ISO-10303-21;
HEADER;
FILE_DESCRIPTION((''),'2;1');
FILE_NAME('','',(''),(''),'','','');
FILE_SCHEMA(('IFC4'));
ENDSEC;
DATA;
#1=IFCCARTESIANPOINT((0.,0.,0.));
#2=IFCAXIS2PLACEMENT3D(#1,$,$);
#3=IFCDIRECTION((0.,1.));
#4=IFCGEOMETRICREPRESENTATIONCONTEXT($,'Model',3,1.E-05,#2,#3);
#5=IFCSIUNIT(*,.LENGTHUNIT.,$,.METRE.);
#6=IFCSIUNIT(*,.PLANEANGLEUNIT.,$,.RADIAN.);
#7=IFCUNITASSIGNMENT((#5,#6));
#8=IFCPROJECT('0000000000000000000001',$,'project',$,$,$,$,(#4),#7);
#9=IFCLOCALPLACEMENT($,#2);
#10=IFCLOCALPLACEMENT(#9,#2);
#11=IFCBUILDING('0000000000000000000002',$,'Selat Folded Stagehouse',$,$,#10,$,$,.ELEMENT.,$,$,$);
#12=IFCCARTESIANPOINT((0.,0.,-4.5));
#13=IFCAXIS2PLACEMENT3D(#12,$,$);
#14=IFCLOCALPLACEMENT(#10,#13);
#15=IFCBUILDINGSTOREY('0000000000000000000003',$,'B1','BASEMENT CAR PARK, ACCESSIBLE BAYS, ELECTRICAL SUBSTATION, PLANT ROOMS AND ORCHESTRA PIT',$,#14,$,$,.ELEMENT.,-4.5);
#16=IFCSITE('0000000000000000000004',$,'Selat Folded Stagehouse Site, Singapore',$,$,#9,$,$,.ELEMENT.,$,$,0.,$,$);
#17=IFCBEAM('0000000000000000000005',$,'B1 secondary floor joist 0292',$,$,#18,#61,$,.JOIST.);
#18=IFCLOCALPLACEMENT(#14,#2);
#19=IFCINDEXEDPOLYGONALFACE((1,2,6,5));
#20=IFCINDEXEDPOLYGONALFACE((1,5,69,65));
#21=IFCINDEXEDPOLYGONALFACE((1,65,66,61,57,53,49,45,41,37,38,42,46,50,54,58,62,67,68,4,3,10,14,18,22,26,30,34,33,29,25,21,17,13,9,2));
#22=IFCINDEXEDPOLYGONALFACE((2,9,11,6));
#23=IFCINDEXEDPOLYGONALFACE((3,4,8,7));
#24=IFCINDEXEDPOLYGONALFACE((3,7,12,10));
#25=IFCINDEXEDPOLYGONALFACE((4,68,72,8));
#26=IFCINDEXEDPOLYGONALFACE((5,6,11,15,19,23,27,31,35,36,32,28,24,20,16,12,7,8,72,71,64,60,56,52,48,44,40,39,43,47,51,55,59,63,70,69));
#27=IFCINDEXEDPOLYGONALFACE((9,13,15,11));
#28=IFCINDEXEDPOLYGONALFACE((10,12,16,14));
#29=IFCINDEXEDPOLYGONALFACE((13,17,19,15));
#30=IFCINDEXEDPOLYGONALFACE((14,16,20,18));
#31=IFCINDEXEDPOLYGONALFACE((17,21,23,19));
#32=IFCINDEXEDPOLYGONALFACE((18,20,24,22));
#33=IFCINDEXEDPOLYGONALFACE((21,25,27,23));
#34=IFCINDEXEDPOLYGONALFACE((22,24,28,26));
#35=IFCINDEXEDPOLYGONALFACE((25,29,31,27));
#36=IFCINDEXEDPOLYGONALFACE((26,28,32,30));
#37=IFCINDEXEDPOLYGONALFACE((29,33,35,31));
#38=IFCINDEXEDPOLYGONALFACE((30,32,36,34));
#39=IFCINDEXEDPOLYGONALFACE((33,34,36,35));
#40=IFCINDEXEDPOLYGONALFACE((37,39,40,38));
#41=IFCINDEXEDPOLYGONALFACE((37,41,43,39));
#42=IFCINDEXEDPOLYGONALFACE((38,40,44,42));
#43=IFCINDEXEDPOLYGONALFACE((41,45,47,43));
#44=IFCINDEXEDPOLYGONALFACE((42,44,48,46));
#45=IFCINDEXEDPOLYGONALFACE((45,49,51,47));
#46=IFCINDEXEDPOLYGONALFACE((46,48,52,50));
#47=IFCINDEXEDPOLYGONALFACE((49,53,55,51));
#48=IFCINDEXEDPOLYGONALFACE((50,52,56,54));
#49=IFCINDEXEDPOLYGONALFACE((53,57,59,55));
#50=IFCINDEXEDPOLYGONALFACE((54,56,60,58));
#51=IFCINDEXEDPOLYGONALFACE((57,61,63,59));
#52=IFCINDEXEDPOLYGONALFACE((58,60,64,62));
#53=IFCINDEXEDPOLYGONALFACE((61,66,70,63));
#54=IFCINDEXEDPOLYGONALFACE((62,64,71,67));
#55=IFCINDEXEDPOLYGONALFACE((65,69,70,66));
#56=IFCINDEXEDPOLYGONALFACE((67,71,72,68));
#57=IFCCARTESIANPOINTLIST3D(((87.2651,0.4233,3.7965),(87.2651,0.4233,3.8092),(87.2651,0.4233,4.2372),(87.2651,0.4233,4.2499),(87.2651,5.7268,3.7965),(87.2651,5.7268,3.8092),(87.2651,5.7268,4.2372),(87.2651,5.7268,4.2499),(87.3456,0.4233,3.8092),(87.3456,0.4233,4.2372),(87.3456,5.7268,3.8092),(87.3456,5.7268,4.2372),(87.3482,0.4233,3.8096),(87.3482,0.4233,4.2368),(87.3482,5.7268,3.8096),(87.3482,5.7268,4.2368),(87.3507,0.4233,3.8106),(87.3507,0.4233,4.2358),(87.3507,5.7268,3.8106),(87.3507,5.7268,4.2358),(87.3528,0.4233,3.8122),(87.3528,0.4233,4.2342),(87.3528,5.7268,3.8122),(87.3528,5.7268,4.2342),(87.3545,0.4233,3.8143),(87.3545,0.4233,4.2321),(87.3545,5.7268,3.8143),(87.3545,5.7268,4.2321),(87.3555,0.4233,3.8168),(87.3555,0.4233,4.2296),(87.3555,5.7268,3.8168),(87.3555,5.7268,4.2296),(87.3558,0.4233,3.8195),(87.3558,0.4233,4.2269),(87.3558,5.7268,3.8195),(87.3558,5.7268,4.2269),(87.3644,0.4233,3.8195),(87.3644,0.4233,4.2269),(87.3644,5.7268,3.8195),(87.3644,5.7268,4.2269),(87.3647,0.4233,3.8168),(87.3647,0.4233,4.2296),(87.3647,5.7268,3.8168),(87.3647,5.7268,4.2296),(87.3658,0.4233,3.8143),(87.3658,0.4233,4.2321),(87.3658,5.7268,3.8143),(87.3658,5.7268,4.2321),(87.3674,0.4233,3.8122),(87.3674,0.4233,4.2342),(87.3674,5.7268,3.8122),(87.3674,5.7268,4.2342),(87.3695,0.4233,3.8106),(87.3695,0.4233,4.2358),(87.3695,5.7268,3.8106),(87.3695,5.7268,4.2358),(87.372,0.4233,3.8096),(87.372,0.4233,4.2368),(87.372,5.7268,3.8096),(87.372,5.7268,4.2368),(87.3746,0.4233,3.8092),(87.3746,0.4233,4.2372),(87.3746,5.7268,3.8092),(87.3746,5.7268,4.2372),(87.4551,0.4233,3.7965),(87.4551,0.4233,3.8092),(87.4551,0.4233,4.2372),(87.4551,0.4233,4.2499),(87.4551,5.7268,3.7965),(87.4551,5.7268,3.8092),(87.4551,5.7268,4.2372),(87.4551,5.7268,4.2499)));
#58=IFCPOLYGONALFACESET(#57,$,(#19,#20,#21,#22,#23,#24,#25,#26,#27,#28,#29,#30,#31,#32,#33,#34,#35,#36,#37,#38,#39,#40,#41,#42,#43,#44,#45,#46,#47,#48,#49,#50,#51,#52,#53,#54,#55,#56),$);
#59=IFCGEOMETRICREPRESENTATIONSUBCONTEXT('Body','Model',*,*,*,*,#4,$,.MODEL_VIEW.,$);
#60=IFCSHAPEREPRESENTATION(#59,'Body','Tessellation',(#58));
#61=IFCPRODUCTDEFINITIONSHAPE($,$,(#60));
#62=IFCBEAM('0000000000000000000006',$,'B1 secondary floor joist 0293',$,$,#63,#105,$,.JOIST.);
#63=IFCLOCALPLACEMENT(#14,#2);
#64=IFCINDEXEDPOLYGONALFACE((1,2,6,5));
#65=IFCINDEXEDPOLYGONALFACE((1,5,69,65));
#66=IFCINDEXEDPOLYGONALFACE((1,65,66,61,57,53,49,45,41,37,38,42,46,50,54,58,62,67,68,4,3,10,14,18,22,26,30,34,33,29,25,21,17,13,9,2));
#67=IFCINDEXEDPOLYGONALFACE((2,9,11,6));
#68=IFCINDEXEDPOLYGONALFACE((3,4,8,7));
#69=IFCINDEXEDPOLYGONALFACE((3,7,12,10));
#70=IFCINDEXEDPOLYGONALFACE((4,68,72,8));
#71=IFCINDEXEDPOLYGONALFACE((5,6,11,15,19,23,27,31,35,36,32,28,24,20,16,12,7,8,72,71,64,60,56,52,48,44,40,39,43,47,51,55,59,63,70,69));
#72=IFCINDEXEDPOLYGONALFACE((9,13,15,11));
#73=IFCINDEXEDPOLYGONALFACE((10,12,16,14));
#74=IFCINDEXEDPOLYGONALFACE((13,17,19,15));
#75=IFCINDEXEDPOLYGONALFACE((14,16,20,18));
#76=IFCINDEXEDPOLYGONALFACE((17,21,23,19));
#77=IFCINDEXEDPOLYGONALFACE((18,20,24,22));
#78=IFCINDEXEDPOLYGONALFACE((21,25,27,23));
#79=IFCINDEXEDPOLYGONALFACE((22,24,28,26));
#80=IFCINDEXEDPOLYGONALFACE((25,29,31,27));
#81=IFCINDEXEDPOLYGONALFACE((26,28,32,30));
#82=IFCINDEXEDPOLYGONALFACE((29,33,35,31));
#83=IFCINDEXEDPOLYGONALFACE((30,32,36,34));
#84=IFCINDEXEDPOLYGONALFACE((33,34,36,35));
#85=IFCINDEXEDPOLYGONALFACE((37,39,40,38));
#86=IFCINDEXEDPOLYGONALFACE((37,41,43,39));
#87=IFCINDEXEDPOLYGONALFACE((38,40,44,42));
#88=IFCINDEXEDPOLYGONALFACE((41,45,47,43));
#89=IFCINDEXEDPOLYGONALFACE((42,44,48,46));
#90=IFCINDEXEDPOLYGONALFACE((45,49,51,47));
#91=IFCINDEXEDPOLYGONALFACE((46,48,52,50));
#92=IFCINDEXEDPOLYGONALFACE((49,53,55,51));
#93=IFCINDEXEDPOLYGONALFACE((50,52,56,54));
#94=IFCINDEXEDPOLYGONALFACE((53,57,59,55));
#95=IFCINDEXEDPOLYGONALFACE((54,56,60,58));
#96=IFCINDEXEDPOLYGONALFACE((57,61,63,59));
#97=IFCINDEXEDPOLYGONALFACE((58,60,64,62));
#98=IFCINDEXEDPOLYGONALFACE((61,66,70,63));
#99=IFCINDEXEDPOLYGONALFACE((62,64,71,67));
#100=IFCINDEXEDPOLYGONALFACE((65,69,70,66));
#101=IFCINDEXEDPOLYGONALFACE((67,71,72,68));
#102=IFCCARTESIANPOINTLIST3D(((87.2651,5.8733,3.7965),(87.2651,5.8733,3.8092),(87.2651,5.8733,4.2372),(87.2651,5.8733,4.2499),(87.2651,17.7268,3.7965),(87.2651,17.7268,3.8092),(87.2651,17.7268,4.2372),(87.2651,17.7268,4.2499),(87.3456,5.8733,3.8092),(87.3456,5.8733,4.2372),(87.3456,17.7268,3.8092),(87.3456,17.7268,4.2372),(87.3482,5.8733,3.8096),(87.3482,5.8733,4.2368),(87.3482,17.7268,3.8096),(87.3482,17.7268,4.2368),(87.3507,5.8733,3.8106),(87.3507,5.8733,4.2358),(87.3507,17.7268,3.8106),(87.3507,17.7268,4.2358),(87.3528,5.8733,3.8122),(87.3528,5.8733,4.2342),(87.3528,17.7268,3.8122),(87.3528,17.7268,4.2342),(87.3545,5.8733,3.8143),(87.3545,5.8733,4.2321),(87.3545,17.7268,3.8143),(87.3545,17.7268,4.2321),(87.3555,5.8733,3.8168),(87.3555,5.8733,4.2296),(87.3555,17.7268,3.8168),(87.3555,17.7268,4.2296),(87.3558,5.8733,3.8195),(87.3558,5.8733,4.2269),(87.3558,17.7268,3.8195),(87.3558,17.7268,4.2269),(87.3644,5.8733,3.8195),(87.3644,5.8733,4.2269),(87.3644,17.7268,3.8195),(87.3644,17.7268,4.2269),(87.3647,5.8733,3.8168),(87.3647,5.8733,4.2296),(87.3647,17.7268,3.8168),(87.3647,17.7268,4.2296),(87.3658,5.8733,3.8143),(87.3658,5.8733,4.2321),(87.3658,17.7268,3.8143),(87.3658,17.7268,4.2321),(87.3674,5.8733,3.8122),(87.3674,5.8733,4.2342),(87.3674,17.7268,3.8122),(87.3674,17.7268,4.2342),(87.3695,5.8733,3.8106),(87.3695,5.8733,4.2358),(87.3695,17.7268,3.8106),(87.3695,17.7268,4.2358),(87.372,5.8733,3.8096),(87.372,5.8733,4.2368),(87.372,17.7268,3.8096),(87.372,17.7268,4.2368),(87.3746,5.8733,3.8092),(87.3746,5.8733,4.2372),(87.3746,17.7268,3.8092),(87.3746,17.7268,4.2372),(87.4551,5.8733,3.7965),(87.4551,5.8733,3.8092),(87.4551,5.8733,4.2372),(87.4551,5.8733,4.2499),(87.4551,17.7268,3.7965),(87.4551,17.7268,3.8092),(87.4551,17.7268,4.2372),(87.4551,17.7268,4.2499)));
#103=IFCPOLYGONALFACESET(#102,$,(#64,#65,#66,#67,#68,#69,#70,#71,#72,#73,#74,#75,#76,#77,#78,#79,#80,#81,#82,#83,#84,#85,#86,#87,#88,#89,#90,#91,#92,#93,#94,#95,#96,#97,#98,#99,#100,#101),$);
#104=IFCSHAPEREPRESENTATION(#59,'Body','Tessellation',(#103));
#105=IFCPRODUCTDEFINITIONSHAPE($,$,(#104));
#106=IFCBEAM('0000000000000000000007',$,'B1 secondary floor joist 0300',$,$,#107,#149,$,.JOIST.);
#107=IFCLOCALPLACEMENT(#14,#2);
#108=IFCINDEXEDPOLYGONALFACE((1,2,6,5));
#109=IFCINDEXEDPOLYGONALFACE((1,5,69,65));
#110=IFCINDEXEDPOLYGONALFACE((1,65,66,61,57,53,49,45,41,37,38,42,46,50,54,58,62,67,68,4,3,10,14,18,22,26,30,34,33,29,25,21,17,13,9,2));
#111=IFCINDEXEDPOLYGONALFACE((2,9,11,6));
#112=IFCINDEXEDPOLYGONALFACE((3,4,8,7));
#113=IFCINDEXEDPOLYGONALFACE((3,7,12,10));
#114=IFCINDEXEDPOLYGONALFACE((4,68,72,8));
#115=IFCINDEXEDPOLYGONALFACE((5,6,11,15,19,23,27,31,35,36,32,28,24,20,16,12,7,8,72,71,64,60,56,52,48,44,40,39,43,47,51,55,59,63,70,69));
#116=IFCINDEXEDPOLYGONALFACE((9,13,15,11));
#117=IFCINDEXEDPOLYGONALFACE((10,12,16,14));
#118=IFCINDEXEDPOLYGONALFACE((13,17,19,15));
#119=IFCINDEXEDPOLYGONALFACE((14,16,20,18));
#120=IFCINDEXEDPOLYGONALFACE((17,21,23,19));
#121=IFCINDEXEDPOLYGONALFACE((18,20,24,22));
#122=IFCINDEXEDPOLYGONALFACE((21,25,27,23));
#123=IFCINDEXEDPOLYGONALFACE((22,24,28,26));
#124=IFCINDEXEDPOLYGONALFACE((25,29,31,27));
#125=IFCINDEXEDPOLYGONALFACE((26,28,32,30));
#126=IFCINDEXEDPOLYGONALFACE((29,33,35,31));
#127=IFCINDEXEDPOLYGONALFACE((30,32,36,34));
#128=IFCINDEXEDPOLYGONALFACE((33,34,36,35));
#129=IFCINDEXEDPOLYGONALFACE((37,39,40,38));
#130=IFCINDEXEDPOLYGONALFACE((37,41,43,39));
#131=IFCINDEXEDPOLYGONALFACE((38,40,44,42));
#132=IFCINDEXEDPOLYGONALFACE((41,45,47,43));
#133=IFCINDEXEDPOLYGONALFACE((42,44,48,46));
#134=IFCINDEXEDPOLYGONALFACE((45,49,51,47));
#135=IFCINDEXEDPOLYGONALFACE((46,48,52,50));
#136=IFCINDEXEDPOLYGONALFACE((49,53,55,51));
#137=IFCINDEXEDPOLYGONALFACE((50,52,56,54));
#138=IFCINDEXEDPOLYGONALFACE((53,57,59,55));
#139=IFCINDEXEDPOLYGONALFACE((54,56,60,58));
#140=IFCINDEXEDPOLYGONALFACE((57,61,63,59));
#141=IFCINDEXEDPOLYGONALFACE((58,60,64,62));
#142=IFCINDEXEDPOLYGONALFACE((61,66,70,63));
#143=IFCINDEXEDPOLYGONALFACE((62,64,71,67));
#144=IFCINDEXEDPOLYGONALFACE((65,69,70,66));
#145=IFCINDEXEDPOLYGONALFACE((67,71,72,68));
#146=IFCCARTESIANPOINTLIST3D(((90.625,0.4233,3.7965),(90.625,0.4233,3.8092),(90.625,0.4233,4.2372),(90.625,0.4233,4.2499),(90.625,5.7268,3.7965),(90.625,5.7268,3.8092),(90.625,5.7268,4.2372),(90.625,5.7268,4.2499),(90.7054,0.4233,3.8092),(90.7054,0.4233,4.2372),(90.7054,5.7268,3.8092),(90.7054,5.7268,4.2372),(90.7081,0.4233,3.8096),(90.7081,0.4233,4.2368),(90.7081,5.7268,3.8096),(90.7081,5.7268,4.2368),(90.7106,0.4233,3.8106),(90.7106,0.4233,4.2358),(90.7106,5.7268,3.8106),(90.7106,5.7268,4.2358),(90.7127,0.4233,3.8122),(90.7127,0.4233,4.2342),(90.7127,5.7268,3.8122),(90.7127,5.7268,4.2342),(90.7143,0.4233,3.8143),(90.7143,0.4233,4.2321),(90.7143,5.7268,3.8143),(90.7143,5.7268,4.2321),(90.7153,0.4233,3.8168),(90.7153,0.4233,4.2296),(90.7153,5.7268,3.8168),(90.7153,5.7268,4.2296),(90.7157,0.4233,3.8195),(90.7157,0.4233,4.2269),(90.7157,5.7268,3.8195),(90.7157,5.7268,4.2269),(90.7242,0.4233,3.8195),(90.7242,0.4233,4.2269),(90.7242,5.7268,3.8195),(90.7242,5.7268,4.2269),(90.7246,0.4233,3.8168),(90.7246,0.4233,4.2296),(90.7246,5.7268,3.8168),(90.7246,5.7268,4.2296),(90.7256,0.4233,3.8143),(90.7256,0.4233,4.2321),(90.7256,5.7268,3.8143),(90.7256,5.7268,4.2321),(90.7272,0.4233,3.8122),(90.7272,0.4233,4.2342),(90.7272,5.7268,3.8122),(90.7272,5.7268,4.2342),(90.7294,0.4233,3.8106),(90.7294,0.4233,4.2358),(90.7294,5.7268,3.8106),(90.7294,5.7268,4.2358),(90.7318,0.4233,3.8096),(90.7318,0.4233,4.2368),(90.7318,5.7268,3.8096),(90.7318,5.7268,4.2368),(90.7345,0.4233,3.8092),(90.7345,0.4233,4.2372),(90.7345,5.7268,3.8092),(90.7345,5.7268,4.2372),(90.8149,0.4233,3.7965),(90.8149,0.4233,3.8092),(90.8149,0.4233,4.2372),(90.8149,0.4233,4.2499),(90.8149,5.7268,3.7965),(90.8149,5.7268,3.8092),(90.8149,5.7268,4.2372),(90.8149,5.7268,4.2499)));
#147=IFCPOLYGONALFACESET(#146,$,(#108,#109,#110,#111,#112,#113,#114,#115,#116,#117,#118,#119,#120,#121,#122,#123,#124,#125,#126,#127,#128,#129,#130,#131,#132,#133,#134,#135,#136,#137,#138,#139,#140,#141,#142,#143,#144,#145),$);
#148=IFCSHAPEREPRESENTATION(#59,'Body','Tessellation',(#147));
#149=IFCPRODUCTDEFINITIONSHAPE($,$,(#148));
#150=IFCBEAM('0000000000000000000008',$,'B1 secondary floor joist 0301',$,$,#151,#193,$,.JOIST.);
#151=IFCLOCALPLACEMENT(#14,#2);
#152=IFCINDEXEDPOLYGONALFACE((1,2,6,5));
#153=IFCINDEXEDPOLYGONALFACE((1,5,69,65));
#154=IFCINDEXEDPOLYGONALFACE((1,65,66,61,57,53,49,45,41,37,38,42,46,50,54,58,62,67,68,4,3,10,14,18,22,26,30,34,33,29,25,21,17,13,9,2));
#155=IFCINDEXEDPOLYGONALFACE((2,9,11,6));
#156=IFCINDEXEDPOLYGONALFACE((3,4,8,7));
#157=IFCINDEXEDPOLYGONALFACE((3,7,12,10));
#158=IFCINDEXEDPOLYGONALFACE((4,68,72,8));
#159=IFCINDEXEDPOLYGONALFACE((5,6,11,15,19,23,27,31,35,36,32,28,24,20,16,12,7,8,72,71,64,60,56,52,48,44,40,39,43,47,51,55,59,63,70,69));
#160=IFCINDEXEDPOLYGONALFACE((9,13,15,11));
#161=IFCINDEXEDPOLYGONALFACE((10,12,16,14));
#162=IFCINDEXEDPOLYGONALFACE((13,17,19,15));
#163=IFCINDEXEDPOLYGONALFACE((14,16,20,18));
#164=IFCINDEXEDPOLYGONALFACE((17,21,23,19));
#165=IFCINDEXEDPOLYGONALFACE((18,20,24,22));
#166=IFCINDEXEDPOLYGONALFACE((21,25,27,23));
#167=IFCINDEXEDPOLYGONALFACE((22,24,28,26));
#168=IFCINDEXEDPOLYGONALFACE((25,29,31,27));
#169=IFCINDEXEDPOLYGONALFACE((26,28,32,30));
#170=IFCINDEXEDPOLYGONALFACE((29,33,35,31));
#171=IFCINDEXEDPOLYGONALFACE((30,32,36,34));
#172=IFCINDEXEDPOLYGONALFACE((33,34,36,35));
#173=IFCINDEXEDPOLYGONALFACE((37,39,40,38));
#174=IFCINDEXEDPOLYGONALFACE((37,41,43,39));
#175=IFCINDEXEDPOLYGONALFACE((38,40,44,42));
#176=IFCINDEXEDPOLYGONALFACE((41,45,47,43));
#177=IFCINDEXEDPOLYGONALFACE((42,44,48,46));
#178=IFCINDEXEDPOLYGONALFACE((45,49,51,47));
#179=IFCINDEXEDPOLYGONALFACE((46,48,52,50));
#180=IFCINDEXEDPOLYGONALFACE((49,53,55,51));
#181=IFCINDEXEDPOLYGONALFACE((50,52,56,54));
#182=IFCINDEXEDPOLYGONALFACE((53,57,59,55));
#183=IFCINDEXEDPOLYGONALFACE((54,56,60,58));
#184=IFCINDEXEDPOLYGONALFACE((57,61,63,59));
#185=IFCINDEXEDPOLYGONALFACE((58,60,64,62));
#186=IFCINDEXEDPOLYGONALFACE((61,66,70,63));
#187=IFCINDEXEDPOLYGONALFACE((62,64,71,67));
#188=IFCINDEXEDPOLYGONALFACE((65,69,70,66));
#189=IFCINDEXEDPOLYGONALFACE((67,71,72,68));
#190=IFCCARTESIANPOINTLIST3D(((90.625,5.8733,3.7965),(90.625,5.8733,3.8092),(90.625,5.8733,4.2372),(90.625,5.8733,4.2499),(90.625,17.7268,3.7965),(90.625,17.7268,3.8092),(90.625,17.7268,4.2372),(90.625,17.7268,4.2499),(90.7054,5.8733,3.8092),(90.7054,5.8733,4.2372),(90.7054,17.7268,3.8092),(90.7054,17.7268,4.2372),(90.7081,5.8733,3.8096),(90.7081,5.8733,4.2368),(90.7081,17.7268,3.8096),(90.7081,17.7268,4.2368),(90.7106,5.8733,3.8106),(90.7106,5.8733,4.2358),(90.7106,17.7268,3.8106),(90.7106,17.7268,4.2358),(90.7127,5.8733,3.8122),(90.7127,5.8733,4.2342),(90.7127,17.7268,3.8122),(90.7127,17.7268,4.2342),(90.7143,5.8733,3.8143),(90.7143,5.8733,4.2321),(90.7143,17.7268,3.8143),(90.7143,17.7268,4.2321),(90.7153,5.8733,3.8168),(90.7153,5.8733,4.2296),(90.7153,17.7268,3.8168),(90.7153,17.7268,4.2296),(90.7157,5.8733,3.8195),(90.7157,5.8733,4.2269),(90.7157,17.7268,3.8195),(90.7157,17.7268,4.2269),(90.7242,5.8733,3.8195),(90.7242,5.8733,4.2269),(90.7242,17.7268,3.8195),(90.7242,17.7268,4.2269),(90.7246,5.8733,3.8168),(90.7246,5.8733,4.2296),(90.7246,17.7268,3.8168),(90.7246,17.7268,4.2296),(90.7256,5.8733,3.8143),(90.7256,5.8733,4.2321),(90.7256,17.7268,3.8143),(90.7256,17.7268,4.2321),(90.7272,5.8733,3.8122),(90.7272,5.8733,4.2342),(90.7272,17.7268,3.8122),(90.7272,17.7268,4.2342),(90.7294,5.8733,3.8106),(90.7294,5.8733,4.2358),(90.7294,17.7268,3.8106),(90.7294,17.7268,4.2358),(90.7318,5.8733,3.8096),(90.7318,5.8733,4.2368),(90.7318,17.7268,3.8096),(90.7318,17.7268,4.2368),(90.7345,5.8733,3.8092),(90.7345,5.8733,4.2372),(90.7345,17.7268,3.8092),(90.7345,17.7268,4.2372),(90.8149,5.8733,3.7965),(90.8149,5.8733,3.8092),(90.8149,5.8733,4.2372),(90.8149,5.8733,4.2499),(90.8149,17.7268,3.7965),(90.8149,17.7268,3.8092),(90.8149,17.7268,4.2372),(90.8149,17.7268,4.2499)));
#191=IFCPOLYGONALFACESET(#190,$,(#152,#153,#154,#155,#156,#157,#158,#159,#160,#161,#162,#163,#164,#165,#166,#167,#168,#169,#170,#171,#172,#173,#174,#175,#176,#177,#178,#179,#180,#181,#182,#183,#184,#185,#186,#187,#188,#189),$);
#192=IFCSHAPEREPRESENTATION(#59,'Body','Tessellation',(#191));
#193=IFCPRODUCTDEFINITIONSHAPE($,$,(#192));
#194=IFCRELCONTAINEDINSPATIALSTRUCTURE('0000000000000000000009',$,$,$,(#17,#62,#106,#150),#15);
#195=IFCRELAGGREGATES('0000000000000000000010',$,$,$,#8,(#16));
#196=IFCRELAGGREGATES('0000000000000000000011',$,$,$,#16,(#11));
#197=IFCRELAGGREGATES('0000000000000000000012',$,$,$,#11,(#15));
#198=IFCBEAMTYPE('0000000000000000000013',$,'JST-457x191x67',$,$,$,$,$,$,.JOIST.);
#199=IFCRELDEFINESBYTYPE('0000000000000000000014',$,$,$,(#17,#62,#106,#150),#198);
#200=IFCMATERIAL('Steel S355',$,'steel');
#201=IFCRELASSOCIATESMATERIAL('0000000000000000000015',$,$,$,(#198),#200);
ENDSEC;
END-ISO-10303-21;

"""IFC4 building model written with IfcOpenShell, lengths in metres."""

from ifc_helpers import new_model, si_unit, direction, frame, origin, origin_2d, place, context, subcontext, project, spatial, i_section, extrude, material, material_profile, profile_set, type_object, element, save


model = new_model("IFC4")

# Units and contexts
model_context = context("Model", 3, precision=1e-05, world=origin(), true_north=direction((0.0, 1.0)))
body_context = subcontext(model_context, "Body", "Model", "MODEL_VIEW")
ifc_project = project(units=[si_unit("LENGTHUNIT", "METRE"), si_unit("PLANEANGLEUNIT", "RADIAN")], contexts=[model_context])

# Site, building, storey
site_placement = place(None, origin())
site = spatial("IfcSite", under=ifc_project, at=site_placement, Name="Selat Folded Stagehouse Site, Singapore", CompositionType="ELEMENT", RefElevation=0.0)
building_placement = place(site_placement, origin())
building = spatial("IfcBuilding", under=site, at=building_placement, Name="Selat Folded Stagehouse", CompositionType="ELEMENT")
storey_placement = place(building_placement, frame((0.0, 0.0, -4.5)))
storey = spatial("IfcBuildingStorey", under=building, at=storey_placement, Name="B1", Description="BASEMENT CAR PARK, ACCESSIBLE BAYS, ELECTRICAL SUBSTATION, PLANT ROOMS AND ORCHESTRA PIT", CompositionType="ELEMENT", Elevation=-4.5)

# Shared definitions
ifc_material_1 = material(Name="Steel S355", Category="steel")

# Beams
ifc_material_profile_1 = material_profile(ifc_material_1, i_section(OverallWidth=0.1899, OverallDepth=0.4534, WebThickness=0.0085, FlangeThickness=0.0127, FilletRadius=0.0103, at=origin_2d()), Name="UKB 457x191x67")
ifc_profile_set_1 = profile_set([ifc_material_profile_1], Name="Steel S355")
beam_type_1 = type_object("IfcBeamType", Name="JST-457x191x67", PredefinedType="JOIST", material=ifc_profile_set_1)
beam_1_placement = place(storey_placement, frame((87.3601, 0.4233, 4.0232), z_axis=(0.0, 1.0, 0.0), x_axis=(-1.0, 0.0, 0.0)))
element("IfcBeam", 1, at=beam_1_placement, inside=storey, type_object=beam_type_1, Name="B1 secondary floor joist 0292", PredefinedType="JOIST", context=body_context, shape_type="SweptSolid", body=[
    extrude(i_section(OverallWidth=0.1899, OverallDepth=0.4534, WebThickness=0.0085, FlangeThickness=0.0127, FilletRadius=0.0103, at=origin_2d()), origin(), (0.0, 0.0, 1.0), 5.3035),
])
beam_2_placement = place(storey_placement, frame((87.3601, 5.8733, 4.0232), z_axis=(0.0, 1.0, 0.0), x_axis=(-1.0, 0.0, 0.0)))
element("IfcBeam", 2, at=beam_2_placement, inside=storey, type_object=beam_type_1, Name="B1 secondary floor joist 0293", PredefinedType="JOIST", context=body_context, shape_type="SweptSolid", body=[
    extrude(i_section(OverallWidth=0.1899, OverallDepth=0.4534, WebThickness=0.0085, FlangeThickness=0.0127, FilletRadius=0.0103, at=origin_2d()), origin(), (0.0, 0.0, 1.0), 11.8535),
])
beam_3_placement = place(storey_placement, frame((90.72, 0.4233, 4.0232), z_axis=(0.0, 1.0, 0.0), x_axis=(-1.0, 0.0, 0.0)))
element("IfcBeam", 3, at=beam_3_placement, inside=storey, type_object=beam_type_1, Name="B1 secondary floor joist 0300", PredefinedType="JOIST", context=body_context, shape_type="SweptSolid", body=[
    extrude(i_section(OverallWidth=0.1899, OverallDepth=0.4534, WebThickness=0.0085, FlangeThickness=0.0127, FilletRadius=0.0103, at=origin_2d()), origin(), (0.0, 0.0, 1.0), 5.3035),
])
beam_4_placement = place(storey_placement, frame((90.72, 5.8733, 4.0232), z_axis=(0.0, 1.0, 0.0), x_axis=(-1.0, 0.0, 0.0)))
element("IfcBeam", 4, at=beam_4_placement, inside=storey, type_object=beam_type_1, Name="B1 secondary floor joist 0301", PredefinedType="JOIST", context=body_context, shape_type="SweptSolid", body=[
    extrude(i_section(OverallWidth=0.1899, OverallDepth=0.4534, WebThickness=0.0085, FlangeThickness=0.0127, FilletRadius=0.0103, at=origin_2d()), origin(), (0.0, 0.0, 1.0), 11.8535),
])

save(model, "model.ifc")
